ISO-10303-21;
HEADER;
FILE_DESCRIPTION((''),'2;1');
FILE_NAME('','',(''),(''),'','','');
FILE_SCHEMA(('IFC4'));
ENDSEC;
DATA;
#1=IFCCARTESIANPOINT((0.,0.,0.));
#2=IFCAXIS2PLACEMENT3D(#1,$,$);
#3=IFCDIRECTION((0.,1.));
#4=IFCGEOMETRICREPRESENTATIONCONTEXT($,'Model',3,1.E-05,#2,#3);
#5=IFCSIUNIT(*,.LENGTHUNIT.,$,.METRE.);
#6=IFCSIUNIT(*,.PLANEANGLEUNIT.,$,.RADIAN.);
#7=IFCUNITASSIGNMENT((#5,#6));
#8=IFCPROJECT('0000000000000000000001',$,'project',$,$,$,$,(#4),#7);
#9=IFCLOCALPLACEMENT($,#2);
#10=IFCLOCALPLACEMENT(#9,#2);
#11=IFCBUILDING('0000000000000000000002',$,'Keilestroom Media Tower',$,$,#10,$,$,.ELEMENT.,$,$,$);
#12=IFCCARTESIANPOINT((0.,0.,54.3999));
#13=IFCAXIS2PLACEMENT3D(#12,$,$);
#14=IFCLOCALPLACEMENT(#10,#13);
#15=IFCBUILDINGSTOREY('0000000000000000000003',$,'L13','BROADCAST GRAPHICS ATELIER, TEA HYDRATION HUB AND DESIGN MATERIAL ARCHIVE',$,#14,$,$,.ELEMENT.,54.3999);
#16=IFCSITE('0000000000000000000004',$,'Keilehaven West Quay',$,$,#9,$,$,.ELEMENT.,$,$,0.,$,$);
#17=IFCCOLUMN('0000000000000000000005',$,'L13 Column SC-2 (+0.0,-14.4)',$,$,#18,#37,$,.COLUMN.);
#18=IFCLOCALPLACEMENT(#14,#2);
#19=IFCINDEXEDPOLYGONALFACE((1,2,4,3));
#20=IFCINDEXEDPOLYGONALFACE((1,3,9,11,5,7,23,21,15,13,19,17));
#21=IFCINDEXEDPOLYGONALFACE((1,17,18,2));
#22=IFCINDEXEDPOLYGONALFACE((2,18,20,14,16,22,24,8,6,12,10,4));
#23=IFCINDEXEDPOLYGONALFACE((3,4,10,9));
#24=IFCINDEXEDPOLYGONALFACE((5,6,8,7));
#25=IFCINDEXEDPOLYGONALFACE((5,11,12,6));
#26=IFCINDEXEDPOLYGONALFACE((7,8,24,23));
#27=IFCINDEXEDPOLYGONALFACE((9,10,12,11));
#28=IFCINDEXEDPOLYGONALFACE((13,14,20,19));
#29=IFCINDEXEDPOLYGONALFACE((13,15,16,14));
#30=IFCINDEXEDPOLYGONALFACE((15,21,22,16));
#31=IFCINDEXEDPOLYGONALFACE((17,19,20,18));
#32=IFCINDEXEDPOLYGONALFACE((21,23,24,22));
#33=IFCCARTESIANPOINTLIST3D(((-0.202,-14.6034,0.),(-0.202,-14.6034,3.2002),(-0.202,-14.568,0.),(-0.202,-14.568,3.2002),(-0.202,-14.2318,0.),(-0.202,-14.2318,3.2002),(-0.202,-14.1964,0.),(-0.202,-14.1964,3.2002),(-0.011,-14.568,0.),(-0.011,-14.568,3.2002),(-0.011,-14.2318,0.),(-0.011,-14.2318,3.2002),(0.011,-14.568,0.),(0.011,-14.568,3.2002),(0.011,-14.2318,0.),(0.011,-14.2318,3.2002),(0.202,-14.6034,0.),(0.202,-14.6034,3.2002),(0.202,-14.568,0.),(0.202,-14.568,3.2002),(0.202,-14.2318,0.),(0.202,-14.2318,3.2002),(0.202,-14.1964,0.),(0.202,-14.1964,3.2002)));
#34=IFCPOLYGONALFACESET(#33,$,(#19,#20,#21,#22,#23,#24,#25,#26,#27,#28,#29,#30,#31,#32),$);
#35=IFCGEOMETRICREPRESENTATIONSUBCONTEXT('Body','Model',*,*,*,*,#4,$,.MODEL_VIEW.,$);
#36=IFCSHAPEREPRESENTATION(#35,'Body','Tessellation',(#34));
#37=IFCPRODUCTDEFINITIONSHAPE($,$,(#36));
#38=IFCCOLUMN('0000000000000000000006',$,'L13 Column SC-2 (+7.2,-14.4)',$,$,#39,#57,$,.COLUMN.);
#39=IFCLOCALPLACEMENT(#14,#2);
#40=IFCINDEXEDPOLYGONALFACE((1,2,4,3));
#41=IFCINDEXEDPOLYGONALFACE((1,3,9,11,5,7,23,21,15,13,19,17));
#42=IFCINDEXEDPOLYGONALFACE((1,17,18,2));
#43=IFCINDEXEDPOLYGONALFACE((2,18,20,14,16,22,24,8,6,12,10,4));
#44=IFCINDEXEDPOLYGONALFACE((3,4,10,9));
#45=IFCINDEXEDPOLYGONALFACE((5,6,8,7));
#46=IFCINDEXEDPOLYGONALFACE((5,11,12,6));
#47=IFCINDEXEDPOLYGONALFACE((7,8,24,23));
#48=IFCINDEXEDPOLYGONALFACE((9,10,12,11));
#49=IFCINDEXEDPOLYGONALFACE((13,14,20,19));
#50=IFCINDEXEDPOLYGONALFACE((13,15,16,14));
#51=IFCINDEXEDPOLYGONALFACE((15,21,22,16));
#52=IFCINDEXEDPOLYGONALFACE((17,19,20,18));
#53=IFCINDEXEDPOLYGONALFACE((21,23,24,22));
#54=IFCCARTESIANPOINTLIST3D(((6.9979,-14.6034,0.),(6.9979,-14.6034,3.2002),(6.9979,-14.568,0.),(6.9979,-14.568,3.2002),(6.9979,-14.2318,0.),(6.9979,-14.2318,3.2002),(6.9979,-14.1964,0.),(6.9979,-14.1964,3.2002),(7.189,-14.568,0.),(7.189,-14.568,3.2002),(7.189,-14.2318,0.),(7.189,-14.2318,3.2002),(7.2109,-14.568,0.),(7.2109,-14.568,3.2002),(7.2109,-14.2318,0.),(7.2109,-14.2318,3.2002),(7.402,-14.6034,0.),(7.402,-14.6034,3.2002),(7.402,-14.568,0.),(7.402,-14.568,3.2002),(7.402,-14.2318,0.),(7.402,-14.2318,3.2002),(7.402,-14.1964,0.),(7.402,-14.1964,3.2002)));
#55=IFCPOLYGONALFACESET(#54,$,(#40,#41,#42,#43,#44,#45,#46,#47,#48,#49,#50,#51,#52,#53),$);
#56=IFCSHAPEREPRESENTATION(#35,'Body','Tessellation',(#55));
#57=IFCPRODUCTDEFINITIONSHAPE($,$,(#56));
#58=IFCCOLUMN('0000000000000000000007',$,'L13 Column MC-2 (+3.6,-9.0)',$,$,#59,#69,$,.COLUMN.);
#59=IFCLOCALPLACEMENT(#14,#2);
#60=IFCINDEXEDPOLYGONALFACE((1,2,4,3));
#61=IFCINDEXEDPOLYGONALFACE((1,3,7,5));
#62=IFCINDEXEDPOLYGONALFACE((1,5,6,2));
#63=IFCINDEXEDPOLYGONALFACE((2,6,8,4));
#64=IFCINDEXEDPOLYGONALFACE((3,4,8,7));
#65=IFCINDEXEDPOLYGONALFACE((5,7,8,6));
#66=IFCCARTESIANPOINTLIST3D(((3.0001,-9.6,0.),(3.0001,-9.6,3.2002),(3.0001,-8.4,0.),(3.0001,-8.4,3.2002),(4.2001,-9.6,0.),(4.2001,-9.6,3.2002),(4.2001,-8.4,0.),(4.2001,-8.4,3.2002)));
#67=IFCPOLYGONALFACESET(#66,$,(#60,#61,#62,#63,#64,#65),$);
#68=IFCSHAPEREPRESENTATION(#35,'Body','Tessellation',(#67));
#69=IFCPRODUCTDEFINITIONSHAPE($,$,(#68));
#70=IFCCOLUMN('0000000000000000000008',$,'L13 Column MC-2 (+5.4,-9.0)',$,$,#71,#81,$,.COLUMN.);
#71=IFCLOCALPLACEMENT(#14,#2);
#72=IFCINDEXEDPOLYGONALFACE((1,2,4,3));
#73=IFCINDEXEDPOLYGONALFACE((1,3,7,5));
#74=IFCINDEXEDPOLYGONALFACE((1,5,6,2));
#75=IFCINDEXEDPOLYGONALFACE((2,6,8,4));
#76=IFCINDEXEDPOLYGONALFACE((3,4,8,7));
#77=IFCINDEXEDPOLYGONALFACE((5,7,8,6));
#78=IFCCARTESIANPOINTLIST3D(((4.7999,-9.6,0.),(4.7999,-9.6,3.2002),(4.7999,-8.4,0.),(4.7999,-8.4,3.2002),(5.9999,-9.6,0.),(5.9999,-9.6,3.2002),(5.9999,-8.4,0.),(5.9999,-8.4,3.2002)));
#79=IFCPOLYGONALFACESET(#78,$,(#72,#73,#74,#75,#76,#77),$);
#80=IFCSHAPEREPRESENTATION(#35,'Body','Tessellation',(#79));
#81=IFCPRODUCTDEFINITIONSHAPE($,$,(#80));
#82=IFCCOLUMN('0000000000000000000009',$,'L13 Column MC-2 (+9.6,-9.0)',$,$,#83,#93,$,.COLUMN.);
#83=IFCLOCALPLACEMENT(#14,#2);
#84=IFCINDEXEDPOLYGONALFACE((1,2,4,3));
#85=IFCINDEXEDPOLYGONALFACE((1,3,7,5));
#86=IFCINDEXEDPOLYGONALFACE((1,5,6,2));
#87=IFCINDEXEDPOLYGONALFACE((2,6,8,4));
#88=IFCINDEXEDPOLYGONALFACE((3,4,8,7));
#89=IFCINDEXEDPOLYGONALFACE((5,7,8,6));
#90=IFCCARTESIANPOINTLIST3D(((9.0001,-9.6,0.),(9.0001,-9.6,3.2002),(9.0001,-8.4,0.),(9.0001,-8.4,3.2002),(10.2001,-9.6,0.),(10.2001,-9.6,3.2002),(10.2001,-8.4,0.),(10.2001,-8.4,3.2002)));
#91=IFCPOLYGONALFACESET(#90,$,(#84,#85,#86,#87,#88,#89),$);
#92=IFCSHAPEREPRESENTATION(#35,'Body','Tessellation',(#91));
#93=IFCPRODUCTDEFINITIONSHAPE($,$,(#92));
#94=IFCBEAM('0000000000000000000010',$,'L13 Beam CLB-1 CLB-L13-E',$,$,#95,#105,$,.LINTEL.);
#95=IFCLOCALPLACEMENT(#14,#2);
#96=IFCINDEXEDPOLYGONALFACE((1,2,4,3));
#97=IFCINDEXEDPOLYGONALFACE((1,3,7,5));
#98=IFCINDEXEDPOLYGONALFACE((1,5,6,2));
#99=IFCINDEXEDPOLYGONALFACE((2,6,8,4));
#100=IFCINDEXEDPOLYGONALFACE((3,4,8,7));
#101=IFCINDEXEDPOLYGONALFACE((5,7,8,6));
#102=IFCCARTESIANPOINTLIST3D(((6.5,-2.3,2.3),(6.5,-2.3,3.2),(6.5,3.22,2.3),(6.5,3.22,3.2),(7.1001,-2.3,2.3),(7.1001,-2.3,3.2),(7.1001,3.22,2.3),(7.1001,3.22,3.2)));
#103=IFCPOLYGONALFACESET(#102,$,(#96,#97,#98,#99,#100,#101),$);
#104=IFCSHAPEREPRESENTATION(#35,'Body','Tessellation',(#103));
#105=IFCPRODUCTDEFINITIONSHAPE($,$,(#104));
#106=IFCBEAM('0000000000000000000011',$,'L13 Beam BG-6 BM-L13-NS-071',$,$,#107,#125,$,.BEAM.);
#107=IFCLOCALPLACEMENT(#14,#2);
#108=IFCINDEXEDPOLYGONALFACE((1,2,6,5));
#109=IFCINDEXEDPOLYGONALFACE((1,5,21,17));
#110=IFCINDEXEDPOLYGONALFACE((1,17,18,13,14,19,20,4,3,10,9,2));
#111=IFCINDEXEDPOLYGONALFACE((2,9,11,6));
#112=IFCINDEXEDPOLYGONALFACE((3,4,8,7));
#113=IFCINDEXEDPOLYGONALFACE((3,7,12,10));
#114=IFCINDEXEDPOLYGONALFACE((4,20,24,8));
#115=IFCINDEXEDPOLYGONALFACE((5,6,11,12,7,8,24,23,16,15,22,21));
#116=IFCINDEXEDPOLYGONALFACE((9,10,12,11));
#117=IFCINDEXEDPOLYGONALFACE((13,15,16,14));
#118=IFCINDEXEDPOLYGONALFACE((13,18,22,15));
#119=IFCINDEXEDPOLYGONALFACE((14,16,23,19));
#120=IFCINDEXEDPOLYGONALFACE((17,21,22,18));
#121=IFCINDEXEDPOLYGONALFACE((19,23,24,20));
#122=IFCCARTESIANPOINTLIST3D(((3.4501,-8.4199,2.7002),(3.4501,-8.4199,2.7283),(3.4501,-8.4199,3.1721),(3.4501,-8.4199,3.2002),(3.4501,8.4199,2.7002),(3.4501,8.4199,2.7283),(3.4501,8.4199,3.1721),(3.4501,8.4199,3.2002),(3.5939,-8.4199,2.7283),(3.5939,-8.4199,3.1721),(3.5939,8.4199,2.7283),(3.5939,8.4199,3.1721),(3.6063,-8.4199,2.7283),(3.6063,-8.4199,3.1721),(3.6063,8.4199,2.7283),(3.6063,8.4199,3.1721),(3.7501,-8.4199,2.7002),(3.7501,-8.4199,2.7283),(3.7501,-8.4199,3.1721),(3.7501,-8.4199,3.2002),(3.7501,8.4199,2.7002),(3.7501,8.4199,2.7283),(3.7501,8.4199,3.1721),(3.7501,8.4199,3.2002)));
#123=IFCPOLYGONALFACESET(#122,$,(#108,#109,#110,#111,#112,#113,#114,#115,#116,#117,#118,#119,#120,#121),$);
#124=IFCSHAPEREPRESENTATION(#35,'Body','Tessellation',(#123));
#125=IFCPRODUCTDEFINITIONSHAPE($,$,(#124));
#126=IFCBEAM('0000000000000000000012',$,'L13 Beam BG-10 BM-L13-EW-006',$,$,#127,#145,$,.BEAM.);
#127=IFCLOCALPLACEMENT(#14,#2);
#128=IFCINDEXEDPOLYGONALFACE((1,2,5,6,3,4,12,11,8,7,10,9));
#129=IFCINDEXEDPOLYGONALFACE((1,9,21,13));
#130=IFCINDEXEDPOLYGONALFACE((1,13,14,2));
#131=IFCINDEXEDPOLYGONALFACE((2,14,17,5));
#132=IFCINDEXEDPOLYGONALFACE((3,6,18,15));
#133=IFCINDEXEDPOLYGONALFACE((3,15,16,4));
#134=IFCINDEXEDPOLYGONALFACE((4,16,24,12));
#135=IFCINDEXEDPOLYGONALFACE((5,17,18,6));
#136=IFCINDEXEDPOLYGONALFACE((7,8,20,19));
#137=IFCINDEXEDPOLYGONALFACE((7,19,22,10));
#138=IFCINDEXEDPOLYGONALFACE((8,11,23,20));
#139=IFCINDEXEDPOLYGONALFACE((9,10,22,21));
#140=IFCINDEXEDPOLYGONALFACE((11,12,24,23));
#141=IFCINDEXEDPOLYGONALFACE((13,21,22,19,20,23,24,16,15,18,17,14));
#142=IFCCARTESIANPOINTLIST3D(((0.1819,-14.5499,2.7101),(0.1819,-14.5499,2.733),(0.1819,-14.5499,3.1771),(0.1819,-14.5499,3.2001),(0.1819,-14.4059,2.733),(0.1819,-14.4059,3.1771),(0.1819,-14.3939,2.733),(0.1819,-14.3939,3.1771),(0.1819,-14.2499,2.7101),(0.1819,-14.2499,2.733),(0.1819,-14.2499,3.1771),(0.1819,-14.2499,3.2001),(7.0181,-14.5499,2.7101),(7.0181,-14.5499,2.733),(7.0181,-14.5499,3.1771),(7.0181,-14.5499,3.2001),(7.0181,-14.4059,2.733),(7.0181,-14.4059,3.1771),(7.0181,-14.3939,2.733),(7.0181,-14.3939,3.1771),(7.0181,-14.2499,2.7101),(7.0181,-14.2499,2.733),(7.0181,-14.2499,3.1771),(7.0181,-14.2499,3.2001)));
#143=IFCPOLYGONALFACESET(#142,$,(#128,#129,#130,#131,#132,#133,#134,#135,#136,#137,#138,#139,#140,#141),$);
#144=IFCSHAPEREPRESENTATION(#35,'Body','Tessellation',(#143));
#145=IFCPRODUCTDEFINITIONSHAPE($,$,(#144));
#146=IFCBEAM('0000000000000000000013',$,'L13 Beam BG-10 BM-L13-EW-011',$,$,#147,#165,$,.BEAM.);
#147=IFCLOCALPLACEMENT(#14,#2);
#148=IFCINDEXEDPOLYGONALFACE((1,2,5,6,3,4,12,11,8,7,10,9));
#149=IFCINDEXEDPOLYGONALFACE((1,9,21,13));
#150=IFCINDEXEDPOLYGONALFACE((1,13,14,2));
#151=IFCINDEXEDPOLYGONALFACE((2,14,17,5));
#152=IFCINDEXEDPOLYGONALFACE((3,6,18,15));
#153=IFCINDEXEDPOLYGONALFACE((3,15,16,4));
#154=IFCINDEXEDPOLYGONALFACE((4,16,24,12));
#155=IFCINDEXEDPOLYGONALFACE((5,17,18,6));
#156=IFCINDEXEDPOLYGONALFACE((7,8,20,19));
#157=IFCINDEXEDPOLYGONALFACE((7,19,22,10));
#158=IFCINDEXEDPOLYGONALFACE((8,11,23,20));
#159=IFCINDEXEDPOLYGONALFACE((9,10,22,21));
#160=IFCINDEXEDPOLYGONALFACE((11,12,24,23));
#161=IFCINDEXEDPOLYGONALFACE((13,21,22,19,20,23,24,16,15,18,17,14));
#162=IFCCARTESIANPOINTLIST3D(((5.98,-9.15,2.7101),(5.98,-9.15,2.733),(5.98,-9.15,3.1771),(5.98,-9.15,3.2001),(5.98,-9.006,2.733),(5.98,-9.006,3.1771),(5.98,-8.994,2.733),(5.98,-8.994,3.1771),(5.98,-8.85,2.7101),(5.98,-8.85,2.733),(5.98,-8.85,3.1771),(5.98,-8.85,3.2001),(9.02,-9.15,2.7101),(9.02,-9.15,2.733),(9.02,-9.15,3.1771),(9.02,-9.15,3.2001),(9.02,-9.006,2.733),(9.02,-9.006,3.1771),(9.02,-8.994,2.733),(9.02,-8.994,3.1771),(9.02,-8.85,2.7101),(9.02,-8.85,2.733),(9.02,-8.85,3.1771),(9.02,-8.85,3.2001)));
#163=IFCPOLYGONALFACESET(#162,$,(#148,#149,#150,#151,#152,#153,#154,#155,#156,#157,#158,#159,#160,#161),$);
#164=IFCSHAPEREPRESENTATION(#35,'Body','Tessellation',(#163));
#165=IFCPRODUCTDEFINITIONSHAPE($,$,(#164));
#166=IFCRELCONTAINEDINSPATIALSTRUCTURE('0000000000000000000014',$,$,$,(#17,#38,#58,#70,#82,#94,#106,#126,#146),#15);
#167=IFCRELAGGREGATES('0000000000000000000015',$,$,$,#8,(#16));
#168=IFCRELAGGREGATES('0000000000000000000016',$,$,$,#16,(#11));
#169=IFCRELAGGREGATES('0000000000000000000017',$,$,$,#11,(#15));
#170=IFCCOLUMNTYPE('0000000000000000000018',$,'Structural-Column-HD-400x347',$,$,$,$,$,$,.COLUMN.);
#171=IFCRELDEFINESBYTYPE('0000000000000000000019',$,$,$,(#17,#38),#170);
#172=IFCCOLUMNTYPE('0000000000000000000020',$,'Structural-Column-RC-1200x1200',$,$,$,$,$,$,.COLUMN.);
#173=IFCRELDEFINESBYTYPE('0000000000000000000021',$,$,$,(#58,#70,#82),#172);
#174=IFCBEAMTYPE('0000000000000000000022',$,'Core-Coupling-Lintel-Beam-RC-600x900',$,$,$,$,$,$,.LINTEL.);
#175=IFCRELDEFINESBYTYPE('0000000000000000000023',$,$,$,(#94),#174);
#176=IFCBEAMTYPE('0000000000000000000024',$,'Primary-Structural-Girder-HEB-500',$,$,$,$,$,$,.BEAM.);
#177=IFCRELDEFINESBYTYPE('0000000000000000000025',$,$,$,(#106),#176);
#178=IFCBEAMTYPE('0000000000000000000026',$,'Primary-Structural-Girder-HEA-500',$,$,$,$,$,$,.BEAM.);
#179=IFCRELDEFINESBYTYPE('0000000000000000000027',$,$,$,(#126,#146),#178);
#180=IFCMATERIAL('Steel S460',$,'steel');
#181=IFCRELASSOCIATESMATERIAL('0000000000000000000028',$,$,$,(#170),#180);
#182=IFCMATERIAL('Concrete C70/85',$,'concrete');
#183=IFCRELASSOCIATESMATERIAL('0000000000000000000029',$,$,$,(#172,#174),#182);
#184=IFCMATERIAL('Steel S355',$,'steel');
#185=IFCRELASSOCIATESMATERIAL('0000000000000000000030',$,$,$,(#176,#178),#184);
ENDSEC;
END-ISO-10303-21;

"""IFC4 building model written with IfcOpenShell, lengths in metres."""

from ifc_helpers import new_model, si_unit, direction, frame, origin, origin_2d, place, context, subcontext, project, spatial, rectangle, i_section, extrude, source, transform, mapped, material, material_profile, profile_set, type_object, element, save


model = new_model("IFC4")

# Units and contexts
model_context = context("Model", 3, precision=1e-05, world=origin(), true_north=direction((0.0, 1.0)))
body_context = subcontext(model_context, "Body", "Model", "MODEL_VIEW")
ifc_project = project(units=[si_unit("LENGTHUNIT", "METRE"), si_unit("PLANEANGLEUNIT", "RADIAN")], contexts=[model_context])

# Site, building, storey
site_placement = place(None, origin())
site = spatial("IfcSite", under=ifc_project, at=site_placement, Name="Keilehaven West Quay", CompositionType="ELEMENT", RefElevation=0.0)
building_placement = place(site_placement, origin())
building = spatial("IfcBuilding", under=site, at=building_placement, Name="Keilestroom Media Tower", CompositionType="ELEMENT")
storey_placement = place(building_placement, frame((0.0, 0.0, 54.3999)))
storey = spatial("IfcBuildingStorey", under=building, at=storey_placement, Name="L13", Description="BROADCAST GRAPHICS ATELIER, TEA HYDRATION HUB AND DESIGN MATERIAL ARCHIVE", CompositionType="ELEMENT", Elevation=54.3999)

# Columns
ifc_material_1 = material(Name="Steel S460", Category="steel")
ifc_material_profile_1 = material_profile(ifc_material_1, i_section(OverallWidth=0.4041, OverallDepth=0.407, WebThickness=0.022, FlangeThickness=0.0354, at=origin_2d()), Name="HD 400x347")
ifc_profile_set_1 = profile_set([ifc_material_profile_1], Name="Steel S460")
column_type_1 = type_object("IfcColumnType", Name="Structural-Column-HD-400x347", PredefinedType="COLUMN", material=ifc_profile_set_1)
shared_shape_1 = source(origin(), body_context, "Body", "SweptSolid", [
    extrude(i_section(OverallWidth=0.4041, OverallDepth=0.407, WebThickness=0.022, FlangeThickness=0.0354, at=origin_2d()), origin(), (0.0, 0.0, 1.0), 3.2002),
])
for number, where, z_axis, x_axis, name in (
    (1, (0.0, -14.3999, 0.0), (0.0, 0.0, 1.0), (1.0, 0.0, 0.0), "L13 Column SC-2 (+0.0,-14.4)"),
    (2, (7.2, -14.3999, 0.0), (0.0, 0.0, 1.0), (1.0, 0.0, 0.0), "L13 Column SC-2 (+7.2,-14.4)"),
):
    element("IfcColumn", number, at=place(storey_placement, frame(where, z_axis=z_axis, x_axis=x_axis)), inside=storey, type_object=column_type_1, Name=name, PredefinedType="COLUMN", context=body_context, shape_type="MappedRepresentation", body=[
        mapped(shared_shape_1, transform((0.0, 0.0, 0.0), x_axis=(1.0, 0.0, 0.0), y_axis=(0.0, 1.0, 0.0), z_axis=(0.0, 0.0, 1.0), scale=1.0)),
    ])
ifc_material_2 = material(Name="Concrete C70/85", Category="concrete")
ifc_material_profile_2 = material_profile(ifc_material_2, rectangle(XDim=1.2, YDim=1.2, at=origin_2d()), Name="RC 1200x1200")
ifc_profile_set_2 = profile_set([ifc_material_profile_2], Name="Concrete C70/85")
column_type_2 = type_object("IfcColumnType", Name="Structural-Column-RC-1200x1200", PredefinedType="COLUMN", material=ifc_profile_set_2)
shared_shape_2 = source(origin(), body_context, "Body", "SweptSolid", [
    extrude(rectangle(XDim=1.2, YDim=1.2, at=origin_2d()), origin(), (0.0, 0.0, 1.0), 3.2002),
])
for number, where, z_axis, x_axis, name in (
    (3, (3.6001, -9.0, 0.0), (0.0, 0.0, 1.0), (1.0, 0.0, 0.0), "L13 Column MC-2 (+3.6,-9.0)"),
    (4, (5.3999, -9.0, 0.0), (0.0, 0.0, 1.0), (1.0, 0.0, 0.0), "L13 Column MC-2 (+5.4,-9.0)"),
    (5, (9.6001, -9.0, 0.0), (0.0, 0.0, 1.0), (1.0, 0.0, 0.0), "L13 Column MC-2 (+9.6,-9.0)"),
):
    element("IfcColumn", number, at=place(storey_placement, frame(where, z_axis=z_axis, x_axis=x_axis)), inside=storey, type_object=column_type_2, Name=name, PredefinedType="COLUMN", context=body_context, shape_type="MappedRepresentation", body=[
        mapped(shared_shape_2, transform((0.0, 0.0, 0.0), x_axis=(1.0, 0.0, 0.0), y_axis=(0.0, 1.0, 0.0), z_axis=(0.0, 0.0, 1.0), scale=1.0)),
    ])

# Beams
ifc_material_profile_3 = material_profile(ifc_material_2, rectangle(XDim=0.6001, YDim=0.8999, at=origin_2d()), Name="RC 600x900")
ifc_profile_set_3 = profile_set([ifc_material_profile_3], Name="Concrete C70/85")
beam_type_1 = type_object("IfcBeamType", Name="Core-Coupling-Lintel-Beam-RC-600x900", PredefinedType="LINTEL", material=ifc_profile_set_3)
shared_shape_3 = source(origin(), body_context, "Body", "SweptSolid", [
    extrude(rectangle(XDim=0.6001, YDim=0.8999, at=origin_2d()), origin(), (0.0, 0.0, 1.0), 5.52),
])
beam_1_placement = place(storey_placement, frame((6.8, -2.3, 2.75), z_axis=(0.0, 1.0, 0.0), x_axis=(-1.0, 0.0, 0.0)))
element("IfcBeam", 6, at=beam_1_placement, inside=storey, type_object=beam_type_1, Name="L13 Beam CLB-1 CLB-L13-E", PredefinedType="LINTEL", context=body_context, shape_type="MappedRepresentation", body=[
    mapped(shared_shape_3, transform((0.0, 0.0, 0.0), x_axis=(1.0, 0.0, 0.0), y_axis=(0.0, 1.0, 0.0), z_axis=(0.0, 0.0, 1.0), scale=1.0)),
])
ifc_material_3 = material(Name="Steel S355", Category="steel")
ifc_material_profile_4 = material_profile(ifc_material_3, i_section(OverallWidth=0.3, OverallDepth=0.5, WebThickness=0.0125, FlangeThickness=0.0281, at=origin_2d()), Name="HEB 500")
ifc_profile_set_4 = profile_set([ifc_material_profile_4], Name="Steel S355")
beam_type_2 = type_object("IfcBeamType", Name="Primary-Structural-Girder-HEB-500", PredefinedType="BEAM", material=ifc_profile_set_4)
shared_shape_4 = source(origin(), body_context, "Body", "SweptSolid", [
    extrude(i_section(OverallWidth=0.3, OverallDepth=0.5, WebThickness=0.0125, FlangeThickness=0.0281, at=origin_2d()), origin(), (0.0, 0.0, 1.0), 16.8398),
])
beam_2_placement = place(storey_placement, frame((3.6001, -8.4199, 2.9502), z_axis=(0.0, 1.0, 0.0), x_axis=(-1.0, 0.0, 0.0)))
element("IfcBeam", 7, at=beam_2_placement, inside=storey, type_object=beam_type_2, Name="L13 Beam BG-6 BM-L13-NS-071", PredefinedType="BEAM", context=body_context, shape_type="MappedRepresentation", body=[
    mapped(shared_shape_4, transform((0.0, 0.0, 0.0), x_axis=(1.0, 0.0, 0.0), y_axis=(0.0, 1.0, 0.0), z_axis=(0.0, 0.0, 1.0), scale=1.0)),
])
ifc_material_profile_5 = material_profile(ifc_material_3, i_section(OverallWidth=0.3, OverallDepth=0.49, WebThickness=0.012, FlangeThickness=0.0229, at=origin_2d()), Name="HEA 500")
ifc_profile_set_5 = profile_set([ifc_material_profile_5], Name="Steel S355")
beam_type_3 = type_object("IfcBeamType", Name="Primary-Structural-Girder-HEA-500", PredefinedType="BEAM", material=ifc_profile_set_5)
shared_shape_5 = source(origin(), body_context, "Body", "SweptSolid", [
    extrude(i_section(OverallWidth=0.3, OverallDepth=0.49, WebThickness=0.012, FlangeThickness=0.0229, at=origin_2d()), origin(), (0.0, 0.0, 1.0), 6.8362),
])
beam_3_placement = place(storey_placement, frame((0.1819, -14.3999, 2.9551), z_axis=(1.0, 0.0, 0.0), x_axis=(0.0, 1.0, 0.0)))
element("IfcBeam", 8, at=beam_3_placement, inside=storey, type_object=beam_type_3, Name="L13 Beam BG-10 BM-L13-EW-006", PredefinedType="BEAM", context=body_context, shape_type="MappedRepresentation", body=[
    mapped(shared_shape_5, transform((0.0, 0.0, 0.0), x_axis=(1.0, 0.0, 0.0), y_axis=(0.0, 1.0, 0.0), z_axis=(0.0, 0.0, 1.0), scale=1.0)),
])
shared_shape_6 = source(origin(), body_context, "Body", "SweptSolid", [
    extrude(i_section(OverallWidth=0.3, OverallDepth=0.49, WebThickness=0.012, FlangeThickness=0.0229, at=origin_2d()), origin(), (0.0, 0.0, 1.0), 3.04),
])
beam_4_placement = place(storey_placement, frame((5.98, -9.0, 2.9551), z_axis=(1.0, 0.0, 0.0), x_axis=(0.0, 1.0, 0.0)))
element("IfcBeam", 9, at=beam_4_placement, inside=storey, type_object=beam_type_3, Name="L13 Beam BG-10 BM-L13-EW-011", PredefinedType="BEAM", context=body_context, shape_type="MappedRepresentation", body=[
    mapped(shared_shape_6, transform((0.0, 0.0, 0.0), x_axis=(1.0, 0.0, 0.0), y_axis=(0.0, 1.0, 0.0), z_axis=(0.0, 0.0, 1.0), scale=1.0)),
])

save(model, "model.ifc")
